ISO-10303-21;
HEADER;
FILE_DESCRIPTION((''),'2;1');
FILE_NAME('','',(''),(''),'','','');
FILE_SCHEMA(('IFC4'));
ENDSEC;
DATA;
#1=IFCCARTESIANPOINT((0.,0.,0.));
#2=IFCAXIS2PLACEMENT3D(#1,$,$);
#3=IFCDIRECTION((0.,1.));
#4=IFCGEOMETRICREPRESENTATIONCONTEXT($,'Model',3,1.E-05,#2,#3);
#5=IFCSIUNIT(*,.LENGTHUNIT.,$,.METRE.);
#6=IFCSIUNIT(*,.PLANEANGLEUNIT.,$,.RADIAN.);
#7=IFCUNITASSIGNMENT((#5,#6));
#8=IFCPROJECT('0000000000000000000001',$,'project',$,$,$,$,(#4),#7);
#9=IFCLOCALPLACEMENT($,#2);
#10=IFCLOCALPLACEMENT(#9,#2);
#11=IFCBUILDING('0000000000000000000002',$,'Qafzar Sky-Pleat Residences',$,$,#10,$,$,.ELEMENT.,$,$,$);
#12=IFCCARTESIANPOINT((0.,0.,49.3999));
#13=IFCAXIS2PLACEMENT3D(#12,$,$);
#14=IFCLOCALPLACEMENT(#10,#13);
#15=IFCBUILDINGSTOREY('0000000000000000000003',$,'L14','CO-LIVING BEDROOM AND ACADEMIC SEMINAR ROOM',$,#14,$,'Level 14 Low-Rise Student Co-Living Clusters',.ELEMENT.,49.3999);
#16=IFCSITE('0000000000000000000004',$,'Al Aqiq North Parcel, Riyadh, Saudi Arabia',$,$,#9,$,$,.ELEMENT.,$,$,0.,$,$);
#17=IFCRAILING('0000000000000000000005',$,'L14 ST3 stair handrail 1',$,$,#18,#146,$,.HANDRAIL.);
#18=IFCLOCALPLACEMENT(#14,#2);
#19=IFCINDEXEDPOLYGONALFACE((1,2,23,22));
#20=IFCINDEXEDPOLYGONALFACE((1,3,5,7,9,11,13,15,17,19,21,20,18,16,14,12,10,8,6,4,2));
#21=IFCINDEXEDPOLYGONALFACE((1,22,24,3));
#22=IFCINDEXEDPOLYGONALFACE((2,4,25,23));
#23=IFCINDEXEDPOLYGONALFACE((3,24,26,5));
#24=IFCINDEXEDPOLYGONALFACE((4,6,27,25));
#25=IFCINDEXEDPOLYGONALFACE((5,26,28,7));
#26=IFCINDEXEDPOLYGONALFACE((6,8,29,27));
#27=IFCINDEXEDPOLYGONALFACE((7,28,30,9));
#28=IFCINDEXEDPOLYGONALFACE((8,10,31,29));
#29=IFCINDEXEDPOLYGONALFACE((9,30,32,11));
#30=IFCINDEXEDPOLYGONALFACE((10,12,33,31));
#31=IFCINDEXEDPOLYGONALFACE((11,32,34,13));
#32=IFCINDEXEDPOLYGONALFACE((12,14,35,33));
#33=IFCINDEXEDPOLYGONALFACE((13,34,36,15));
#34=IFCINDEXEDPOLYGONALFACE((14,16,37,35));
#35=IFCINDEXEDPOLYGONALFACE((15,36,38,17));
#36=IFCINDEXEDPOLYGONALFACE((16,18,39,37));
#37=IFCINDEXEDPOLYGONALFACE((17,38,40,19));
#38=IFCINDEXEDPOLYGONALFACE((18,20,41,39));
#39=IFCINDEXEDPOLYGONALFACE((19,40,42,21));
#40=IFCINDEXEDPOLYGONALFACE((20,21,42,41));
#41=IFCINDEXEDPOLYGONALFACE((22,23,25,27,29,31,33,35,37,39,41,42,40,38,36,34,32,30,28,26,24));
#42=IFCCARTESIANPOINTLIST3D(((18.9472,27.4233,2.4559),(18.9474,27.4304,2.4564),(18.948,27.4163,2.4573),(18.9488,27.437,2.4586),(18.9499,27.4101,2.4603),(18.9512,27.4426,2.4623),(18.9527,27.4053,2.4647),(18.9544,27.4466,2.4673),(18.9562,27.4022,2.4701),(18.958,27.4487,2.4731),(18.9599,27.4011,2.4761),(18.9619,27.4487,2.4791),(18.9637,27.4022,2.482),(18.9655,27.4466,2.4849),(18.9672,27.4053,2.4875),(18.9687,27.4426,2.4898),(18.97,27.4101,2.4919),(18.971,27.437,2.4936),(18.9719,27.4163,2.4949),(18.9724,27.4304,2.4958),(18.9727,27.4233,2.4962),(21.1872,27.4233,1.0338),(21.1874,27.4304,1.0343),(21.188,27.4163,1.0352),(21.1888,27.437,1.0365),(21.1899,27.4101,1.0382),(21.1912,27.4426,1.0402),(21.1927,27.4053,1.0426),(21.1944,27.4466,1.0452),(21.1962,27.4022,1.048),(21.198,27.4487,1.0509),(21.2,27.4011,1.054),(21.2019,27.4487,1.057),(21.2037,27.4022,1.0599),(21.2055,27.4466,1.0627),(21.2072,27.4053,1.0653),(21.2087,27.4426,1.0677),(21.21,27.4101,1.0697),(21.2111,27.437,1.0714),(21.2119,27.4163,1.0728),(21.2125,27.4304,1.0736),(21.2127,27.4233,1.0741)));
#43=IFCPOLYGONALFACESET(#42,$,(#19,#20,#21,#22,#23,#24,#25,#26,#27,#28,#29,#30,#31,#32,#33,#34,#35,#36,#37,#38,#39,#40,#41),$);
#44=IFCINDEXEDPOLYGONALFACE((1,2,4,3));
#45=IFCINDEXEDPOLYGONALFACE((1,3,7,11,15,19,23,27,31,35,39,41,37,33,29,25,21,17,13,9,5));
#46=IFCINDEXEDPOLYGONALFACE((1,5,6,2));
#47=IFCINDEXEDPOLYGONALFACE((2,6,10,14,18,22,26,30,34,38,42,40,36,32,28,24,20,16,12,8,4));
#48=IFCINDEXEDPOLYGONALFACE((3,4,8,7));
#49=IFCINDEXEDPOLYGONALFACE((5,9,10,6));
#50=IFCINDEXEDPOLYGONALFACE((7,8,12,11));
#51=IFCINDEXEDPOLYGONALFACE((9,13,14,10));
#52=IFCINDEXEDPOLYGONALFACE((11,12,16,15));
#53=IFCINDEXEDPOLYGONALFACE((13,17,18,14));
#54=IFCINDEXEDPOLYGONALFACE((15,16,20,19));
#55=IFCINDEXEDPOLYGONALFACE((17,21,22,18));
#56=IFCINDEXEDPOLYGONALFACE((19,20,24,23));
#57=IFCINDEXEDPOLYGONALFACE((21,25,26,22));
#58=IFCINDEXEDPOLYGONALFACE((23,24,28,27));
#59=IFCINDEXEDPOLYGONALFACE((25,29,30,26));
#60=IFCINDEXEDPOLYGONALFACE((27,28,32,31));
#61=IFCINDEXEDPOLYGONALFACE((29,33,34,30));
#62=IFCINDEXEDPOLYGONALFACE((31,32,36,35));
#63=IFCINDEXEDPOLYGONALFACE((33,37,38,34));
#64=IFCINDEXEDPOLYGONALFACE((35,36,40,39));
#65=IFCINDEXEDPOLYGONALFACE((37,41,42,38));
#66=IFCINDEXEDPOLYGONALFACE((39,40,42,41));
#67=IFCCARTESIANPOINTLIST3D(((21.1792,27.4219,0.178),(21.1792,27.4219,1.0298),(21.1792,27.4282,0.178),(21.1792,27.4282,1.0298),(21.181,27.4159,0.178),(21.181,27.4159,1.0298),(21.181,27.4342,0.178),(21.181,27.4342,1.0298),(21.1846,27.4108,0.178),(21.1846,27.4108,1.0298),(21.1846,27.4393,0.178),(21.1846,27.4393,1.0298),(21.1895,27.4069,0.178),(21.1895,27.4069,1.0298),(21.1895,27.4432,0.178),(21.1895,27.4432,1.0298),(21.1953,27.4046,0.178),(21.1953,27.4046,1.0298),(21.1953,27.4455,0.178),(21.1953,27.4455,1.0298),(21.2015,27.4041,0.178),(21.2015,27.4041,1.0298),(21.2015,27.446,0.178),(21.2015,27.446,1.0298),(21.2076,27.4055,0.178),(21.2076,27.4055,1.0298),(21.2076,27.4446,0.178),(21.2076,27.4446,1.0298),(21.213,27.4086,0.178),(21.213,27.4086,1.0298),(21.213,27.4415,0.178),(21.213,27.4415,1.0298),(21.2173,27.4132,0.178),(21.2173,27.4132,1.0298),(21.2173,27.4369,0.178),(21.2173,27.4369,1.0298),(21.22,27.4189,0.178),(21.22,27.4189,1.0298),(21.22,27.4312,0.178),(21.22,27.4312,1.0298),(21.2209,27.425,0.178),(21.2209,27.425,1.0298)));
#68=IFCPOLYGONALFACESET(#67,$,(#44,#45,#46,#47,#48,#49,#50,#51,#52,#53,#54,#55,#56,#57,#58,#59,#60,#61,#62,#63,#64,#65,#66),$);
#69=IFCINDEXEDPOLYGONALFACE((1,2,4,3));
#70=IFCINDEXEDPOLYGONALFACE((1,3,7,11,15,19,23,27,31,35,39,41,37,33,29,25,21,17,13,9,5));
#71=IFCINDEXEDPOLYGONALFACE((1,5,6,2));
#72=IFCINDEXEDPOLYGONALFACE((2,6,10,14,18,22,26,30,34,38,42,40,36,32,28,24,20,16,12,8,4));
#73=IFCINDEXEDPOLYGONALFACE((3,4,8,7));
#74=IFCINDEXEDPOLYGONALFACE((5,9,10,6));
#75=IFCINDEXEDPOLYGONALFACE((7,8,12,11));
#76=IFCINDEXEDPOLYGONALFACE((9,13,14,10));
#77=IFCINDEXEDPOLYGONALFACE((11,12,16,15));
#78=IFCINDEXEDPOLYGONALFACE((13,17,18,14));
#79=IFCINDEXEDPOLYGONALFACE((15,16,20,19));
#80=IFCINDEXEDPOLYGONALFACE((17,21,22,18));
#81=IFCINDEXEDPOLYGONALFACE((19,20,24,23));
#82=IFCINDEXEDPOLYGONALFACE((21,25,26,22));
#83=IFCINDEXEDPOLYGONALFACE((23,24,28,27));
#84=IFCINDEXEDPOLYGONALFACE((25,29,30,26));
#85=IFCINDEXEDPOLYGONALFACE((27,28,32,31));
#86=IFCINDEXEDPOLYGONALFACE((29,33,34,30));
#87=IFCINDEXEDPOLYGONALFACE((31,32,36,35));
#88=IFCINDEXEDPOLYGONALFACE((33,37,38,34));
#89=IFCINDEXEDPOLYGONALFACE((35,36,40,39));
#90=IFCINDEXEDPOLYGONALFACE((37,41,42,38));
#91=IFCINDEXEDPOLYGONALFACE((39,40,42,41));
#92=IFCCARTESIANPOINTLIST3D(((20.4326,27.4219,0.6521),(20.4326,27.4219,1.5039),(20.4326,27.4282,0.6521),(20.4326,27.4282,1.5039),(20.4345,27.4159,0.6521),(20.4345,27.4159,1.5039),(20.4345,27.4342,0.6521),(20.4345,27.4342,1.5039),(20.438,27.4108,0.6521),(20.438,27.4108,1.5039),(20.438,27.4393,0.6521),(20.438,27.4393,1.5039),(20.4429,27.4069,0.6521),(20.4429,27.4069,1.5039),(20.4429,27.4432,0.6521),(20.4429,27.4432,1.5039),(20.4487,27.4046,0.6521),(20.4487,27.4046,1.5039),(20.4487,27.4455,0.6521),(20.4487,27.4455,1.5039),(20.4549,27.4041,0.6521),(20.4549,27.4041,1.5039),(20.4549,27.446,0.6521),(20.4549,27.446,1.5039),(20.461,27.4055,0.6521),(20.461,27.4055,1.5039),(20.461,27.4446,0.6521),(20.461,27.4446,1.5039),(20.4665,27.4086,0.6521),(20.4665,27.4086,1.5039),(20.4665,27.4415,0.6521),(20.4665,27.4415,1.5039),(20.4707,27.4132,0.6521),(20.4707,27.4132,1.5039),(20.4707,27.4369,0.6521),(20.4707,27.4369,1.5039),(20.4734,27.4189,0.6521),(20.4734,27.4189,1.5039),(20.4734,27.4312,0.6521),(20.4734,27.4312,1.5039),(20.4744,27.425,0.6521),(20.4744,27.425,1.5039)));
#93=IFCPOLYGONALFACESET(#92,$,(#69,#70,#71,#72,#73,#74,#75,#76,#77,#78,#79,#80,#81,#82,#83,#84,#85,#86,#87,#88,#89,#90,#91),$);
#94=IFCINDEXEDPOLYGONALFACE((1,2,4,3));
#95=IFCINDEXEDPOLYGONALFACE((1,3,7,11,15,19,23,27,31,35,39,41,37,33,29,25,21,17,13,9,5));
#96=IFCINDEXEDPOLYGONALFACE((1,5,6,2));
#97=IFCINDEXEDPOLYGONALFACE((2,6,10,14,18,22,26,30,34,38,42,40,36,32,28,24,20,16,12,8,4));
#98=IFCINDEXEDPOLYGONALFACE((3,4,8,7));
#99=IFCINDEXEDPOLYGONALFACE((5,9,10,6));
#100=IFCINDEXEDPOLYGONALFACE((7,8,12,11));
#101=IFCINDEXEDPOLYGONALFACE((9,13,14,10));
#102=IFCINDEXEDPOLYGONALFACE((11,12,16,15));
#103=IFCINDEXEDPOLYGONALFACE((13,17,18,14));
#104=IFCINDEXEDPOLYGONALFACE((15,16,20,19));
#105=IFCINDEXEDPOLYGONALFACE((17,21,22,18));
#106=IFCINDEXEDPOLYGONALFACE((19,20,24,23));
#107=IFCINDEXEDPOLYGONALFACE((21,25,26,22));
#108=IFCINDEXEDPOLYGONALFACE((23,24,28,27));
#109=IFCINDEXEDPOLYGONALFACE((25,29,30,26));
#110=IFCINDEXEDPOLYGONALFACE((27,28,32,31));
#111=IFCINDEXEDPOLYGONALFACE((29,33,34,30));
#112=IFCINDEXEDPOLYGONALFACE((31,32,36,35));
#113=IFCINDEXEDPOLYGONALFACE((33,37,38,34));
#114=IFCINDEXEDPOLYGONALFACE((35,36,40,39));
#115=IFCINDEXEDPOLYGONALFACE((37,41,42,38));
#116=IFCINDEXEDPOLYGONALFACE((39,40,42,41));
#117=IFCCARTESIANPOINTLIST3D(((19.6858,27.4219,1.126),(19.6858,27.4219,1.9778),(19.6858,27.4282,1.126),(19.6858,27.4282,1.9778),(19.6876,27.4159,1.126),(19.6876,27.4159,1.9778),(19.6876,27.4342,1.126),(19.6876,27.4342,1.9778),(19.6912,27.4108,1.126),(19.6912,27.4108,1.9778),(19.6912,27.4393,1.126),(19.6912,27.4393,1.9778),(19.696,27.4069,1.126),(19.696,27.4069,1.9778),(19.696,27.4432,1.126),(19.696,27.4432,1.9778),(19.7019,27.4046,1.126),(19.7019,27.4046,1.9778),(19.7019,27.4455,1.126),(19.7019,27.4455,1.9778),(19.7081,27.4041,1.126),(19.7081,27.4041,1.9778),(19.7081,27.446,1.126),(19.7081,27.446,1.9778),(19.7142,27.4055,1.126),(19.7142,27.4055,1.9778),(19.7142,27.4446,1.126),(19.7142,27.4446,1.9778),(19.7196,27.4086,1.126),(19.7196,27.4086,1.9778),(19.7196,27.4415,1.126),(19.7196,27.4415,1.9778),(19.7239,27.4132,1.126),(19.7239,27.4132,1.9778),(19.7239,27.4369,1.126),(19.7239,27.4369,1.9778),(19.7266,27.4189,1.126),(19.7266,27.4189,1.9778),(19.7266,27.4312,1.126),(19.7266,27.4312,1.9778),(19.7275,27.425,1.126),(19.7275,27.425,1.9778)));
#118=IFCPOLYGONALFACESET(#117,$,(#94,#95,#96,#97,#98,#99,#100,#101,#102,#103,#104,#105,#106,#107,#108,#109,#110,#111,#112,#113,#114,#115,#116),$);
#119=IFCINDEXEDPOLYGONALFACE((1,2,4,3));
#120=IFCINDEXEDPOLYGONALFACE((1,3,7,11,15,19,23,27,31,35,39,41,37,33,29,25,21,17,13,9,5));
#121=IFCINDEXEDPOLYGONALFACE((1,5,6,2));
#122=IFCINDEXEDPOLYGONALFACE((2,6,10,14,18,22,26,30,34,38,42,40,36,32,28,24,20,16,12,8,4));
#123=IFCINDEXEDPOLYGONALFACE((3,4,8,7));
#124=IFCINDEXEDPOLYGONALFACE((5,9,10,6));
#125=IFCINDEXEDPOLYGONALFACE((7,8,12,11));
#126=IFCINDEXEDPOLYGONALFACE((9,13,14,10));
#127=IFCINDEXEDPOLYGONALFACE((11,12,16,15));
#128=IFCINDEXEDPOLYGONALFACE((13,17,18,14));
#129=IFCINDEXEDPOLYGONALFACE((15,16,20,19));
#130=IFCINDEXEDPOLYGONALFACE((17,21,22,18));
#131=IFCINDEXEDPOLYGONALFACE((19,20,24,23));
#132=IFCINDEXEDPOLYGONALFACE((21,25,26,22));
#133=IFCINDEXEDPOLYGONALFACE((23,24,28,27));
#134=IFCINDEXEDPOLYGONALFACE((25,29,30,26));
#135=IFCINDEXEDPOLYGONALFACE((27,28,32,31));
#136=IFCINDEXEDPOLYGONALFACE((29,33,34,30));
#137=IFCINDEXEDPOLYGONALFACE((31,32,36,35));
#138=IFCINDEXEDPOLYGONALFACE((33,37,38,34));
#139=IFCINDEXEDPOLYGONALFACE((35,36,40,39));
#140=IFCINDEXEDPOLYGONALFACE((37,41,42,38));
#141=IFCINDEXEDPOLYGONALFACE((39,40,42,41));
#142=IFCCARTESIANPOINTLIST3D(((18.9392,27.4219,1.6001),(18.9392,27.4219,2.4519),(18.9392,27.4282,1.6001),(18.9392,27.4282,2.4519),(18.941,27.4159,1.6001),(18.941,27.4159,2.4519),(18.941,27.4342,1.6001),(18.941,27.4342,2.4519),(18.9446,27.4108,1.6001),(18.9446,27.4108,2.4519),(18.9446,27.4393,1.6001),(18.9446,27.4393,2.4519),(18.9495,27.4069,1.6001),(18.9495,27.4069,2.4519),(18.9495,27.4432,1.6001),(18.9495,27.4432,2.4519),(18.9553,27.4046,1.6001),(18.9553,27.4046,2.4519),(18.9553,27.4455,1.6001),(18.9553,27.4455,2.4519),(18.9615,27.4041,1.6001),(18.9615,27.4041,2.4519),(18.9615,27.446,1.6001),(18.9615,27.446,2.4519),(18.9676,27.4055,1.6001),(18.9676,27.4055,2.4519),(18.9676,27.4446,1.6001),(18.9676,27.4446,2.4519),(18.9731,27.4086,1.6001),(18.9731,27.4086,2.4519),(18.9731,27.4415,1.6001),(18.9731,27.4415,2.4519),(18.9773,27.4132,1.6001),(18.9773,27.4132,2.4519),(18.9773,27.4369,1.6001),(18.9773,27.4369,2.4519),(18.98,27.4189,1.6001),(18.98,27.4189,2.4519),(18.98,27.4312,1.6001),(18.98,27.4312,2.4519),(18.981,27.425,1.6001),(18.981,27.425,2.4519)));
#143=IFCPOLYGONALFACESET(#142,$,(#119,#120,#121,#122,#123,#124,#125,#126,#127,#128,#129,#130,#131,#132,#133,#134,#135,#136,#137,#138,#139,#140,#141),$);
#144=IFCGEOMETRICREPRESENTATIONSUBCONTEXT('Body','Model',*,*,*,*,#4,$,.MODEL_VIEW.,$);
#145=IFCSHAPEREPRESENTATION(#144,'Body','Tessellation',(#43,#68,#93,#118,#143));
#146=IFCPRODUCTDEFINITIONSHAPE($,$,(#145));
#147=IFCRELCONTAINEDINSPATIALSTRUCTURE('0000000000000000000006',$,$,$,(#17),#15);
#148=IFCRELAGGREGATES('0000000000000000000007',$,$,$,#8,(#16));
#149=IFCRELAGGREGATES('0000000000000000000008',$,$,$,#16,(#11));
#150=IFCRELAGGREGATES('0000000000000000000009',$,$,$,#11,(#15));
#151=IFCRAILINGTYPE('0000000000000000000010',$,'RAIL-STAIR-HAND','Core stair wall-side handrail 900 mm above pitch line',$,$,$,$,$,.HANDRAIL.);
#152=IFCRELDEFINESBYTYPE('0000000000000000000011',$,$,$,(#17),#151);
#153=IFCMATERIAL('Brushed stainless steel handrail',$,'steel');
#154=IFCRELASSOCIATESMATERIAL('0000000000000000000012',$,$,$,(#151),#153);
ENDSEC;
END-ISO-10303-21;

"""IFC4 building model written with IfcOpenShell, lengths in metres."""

from ifc_helpers import new_model, si_unit, direction, frame, origin, origin_2d, place, context, subcontext, project, spatial, circle, extrude, source, transform, mapped, material, type_object, element, save


model = new_model("IFC4")

# Units and contexts
model_context = context("Model", 3, precision=1e-05, world=origin(), true_north=direction((0.0, 1.0)))
body_context = subcontext(model_context, "Body", "Model", "MODEL_VIEW")
ifc_project = project(units=[si_unit("LENGTHUNIT", "METRE"), si_unit("PLANEANGLEUNIT", "RADIAN")], contexts=[model_context])

# Site, building, storey
site_placement = place(None, origin())
site = spatial("IfcSite", under=ifc_project, at=site_placement, Name="Al Aqiq North Parcel, Riyadh, Saudi Arabia", CompositionType="ELEMENT", RefElevation=0.0)
building_placement = place(site_placement, origin())
building = spatial("IfcBuilding", under=site, at=building_placement, Name="Qafzar Sky-Pleat Residences", CompositionType="ELEMENT")
storey_placement = place(building_placement, frame((0.0, 0.0, 49.3999)))
storey = spatial("IfcBuildingStorey", under=building, at=storey_placement, Name="L14", Description="CO-LIVING BEDROOM AND ACADEMIC SEMINAR ROOM", LongName="Level 14 Low-Rise Student Co-Living Clusters", CompositionType="ELEMENT", Elevation=49.3999)

# Railing
ifc_material_1 = material(Name="Brushed stainless steel handrail", Category="steel")
railing_type_1 = type_object("IfcRailingType", Name="RAIL-STAIR-HAND", Description="Core stair wall-side handrail 900 mm above pitch line", PredefinedType="HANDRAIL", material=ifc_material_1)
shared_shape_1 = source(origin(), body_context, "Body", "SweptSolid", [
    extrude(circle(Radius=0.0239, at=origin_2d()), frame((0.0, 0.0, 0.876), z_axis=(-0.844229, 0.0, 0.535982), x_axis=(0.0, -1.0, 0.0)), (0.0, 0.0, 1.0), 2.6533),
    extrude(circle(Radius=0.021, at=origin_2d()), origin(), (0.0, 0.0, 1.0), 0.8518),
    extrude(circle(Radius=0.021, at=origin_2d()), frame((-0.7466, 0.0, 0.4741)), (0.0, 0.0, 1.0), 0.8518),
    extrude(circle(Radius=0.021, at=origin_2d()), frame((-1.4934, 0.0, 0.948)), (0.0, 0.0, 1.0), 0.8518),
    extrude(circle(Radius=0.021, at=origin_2d()), frame((-2.24, 0.0, 1.4221)), (0.0, 0.0, 1.0), 0.8518),
])
railing_1_placement = place(storey_placement, frame((21.2, 27.425, 0.178)))
element("IfcRailing", 1, at=railing_1_placement, inside=storey, type_object=railing_type_1, Name="L14 ST3 stair handrail 1", PredefinedType="HANDRAIL", context=body_context, shape_type="MappedRepresentation", body=[
    mapped(shared_shape_1, transform((0.0, 0.0, 0.0), x_axis=(1.0, 0.0, 0.0), y_axis=(0.0, 1.0, 0.0), z_axis=(0.0, 0.0, 1.0), scale=1.0)),
])

save(model, "model.ifc")
